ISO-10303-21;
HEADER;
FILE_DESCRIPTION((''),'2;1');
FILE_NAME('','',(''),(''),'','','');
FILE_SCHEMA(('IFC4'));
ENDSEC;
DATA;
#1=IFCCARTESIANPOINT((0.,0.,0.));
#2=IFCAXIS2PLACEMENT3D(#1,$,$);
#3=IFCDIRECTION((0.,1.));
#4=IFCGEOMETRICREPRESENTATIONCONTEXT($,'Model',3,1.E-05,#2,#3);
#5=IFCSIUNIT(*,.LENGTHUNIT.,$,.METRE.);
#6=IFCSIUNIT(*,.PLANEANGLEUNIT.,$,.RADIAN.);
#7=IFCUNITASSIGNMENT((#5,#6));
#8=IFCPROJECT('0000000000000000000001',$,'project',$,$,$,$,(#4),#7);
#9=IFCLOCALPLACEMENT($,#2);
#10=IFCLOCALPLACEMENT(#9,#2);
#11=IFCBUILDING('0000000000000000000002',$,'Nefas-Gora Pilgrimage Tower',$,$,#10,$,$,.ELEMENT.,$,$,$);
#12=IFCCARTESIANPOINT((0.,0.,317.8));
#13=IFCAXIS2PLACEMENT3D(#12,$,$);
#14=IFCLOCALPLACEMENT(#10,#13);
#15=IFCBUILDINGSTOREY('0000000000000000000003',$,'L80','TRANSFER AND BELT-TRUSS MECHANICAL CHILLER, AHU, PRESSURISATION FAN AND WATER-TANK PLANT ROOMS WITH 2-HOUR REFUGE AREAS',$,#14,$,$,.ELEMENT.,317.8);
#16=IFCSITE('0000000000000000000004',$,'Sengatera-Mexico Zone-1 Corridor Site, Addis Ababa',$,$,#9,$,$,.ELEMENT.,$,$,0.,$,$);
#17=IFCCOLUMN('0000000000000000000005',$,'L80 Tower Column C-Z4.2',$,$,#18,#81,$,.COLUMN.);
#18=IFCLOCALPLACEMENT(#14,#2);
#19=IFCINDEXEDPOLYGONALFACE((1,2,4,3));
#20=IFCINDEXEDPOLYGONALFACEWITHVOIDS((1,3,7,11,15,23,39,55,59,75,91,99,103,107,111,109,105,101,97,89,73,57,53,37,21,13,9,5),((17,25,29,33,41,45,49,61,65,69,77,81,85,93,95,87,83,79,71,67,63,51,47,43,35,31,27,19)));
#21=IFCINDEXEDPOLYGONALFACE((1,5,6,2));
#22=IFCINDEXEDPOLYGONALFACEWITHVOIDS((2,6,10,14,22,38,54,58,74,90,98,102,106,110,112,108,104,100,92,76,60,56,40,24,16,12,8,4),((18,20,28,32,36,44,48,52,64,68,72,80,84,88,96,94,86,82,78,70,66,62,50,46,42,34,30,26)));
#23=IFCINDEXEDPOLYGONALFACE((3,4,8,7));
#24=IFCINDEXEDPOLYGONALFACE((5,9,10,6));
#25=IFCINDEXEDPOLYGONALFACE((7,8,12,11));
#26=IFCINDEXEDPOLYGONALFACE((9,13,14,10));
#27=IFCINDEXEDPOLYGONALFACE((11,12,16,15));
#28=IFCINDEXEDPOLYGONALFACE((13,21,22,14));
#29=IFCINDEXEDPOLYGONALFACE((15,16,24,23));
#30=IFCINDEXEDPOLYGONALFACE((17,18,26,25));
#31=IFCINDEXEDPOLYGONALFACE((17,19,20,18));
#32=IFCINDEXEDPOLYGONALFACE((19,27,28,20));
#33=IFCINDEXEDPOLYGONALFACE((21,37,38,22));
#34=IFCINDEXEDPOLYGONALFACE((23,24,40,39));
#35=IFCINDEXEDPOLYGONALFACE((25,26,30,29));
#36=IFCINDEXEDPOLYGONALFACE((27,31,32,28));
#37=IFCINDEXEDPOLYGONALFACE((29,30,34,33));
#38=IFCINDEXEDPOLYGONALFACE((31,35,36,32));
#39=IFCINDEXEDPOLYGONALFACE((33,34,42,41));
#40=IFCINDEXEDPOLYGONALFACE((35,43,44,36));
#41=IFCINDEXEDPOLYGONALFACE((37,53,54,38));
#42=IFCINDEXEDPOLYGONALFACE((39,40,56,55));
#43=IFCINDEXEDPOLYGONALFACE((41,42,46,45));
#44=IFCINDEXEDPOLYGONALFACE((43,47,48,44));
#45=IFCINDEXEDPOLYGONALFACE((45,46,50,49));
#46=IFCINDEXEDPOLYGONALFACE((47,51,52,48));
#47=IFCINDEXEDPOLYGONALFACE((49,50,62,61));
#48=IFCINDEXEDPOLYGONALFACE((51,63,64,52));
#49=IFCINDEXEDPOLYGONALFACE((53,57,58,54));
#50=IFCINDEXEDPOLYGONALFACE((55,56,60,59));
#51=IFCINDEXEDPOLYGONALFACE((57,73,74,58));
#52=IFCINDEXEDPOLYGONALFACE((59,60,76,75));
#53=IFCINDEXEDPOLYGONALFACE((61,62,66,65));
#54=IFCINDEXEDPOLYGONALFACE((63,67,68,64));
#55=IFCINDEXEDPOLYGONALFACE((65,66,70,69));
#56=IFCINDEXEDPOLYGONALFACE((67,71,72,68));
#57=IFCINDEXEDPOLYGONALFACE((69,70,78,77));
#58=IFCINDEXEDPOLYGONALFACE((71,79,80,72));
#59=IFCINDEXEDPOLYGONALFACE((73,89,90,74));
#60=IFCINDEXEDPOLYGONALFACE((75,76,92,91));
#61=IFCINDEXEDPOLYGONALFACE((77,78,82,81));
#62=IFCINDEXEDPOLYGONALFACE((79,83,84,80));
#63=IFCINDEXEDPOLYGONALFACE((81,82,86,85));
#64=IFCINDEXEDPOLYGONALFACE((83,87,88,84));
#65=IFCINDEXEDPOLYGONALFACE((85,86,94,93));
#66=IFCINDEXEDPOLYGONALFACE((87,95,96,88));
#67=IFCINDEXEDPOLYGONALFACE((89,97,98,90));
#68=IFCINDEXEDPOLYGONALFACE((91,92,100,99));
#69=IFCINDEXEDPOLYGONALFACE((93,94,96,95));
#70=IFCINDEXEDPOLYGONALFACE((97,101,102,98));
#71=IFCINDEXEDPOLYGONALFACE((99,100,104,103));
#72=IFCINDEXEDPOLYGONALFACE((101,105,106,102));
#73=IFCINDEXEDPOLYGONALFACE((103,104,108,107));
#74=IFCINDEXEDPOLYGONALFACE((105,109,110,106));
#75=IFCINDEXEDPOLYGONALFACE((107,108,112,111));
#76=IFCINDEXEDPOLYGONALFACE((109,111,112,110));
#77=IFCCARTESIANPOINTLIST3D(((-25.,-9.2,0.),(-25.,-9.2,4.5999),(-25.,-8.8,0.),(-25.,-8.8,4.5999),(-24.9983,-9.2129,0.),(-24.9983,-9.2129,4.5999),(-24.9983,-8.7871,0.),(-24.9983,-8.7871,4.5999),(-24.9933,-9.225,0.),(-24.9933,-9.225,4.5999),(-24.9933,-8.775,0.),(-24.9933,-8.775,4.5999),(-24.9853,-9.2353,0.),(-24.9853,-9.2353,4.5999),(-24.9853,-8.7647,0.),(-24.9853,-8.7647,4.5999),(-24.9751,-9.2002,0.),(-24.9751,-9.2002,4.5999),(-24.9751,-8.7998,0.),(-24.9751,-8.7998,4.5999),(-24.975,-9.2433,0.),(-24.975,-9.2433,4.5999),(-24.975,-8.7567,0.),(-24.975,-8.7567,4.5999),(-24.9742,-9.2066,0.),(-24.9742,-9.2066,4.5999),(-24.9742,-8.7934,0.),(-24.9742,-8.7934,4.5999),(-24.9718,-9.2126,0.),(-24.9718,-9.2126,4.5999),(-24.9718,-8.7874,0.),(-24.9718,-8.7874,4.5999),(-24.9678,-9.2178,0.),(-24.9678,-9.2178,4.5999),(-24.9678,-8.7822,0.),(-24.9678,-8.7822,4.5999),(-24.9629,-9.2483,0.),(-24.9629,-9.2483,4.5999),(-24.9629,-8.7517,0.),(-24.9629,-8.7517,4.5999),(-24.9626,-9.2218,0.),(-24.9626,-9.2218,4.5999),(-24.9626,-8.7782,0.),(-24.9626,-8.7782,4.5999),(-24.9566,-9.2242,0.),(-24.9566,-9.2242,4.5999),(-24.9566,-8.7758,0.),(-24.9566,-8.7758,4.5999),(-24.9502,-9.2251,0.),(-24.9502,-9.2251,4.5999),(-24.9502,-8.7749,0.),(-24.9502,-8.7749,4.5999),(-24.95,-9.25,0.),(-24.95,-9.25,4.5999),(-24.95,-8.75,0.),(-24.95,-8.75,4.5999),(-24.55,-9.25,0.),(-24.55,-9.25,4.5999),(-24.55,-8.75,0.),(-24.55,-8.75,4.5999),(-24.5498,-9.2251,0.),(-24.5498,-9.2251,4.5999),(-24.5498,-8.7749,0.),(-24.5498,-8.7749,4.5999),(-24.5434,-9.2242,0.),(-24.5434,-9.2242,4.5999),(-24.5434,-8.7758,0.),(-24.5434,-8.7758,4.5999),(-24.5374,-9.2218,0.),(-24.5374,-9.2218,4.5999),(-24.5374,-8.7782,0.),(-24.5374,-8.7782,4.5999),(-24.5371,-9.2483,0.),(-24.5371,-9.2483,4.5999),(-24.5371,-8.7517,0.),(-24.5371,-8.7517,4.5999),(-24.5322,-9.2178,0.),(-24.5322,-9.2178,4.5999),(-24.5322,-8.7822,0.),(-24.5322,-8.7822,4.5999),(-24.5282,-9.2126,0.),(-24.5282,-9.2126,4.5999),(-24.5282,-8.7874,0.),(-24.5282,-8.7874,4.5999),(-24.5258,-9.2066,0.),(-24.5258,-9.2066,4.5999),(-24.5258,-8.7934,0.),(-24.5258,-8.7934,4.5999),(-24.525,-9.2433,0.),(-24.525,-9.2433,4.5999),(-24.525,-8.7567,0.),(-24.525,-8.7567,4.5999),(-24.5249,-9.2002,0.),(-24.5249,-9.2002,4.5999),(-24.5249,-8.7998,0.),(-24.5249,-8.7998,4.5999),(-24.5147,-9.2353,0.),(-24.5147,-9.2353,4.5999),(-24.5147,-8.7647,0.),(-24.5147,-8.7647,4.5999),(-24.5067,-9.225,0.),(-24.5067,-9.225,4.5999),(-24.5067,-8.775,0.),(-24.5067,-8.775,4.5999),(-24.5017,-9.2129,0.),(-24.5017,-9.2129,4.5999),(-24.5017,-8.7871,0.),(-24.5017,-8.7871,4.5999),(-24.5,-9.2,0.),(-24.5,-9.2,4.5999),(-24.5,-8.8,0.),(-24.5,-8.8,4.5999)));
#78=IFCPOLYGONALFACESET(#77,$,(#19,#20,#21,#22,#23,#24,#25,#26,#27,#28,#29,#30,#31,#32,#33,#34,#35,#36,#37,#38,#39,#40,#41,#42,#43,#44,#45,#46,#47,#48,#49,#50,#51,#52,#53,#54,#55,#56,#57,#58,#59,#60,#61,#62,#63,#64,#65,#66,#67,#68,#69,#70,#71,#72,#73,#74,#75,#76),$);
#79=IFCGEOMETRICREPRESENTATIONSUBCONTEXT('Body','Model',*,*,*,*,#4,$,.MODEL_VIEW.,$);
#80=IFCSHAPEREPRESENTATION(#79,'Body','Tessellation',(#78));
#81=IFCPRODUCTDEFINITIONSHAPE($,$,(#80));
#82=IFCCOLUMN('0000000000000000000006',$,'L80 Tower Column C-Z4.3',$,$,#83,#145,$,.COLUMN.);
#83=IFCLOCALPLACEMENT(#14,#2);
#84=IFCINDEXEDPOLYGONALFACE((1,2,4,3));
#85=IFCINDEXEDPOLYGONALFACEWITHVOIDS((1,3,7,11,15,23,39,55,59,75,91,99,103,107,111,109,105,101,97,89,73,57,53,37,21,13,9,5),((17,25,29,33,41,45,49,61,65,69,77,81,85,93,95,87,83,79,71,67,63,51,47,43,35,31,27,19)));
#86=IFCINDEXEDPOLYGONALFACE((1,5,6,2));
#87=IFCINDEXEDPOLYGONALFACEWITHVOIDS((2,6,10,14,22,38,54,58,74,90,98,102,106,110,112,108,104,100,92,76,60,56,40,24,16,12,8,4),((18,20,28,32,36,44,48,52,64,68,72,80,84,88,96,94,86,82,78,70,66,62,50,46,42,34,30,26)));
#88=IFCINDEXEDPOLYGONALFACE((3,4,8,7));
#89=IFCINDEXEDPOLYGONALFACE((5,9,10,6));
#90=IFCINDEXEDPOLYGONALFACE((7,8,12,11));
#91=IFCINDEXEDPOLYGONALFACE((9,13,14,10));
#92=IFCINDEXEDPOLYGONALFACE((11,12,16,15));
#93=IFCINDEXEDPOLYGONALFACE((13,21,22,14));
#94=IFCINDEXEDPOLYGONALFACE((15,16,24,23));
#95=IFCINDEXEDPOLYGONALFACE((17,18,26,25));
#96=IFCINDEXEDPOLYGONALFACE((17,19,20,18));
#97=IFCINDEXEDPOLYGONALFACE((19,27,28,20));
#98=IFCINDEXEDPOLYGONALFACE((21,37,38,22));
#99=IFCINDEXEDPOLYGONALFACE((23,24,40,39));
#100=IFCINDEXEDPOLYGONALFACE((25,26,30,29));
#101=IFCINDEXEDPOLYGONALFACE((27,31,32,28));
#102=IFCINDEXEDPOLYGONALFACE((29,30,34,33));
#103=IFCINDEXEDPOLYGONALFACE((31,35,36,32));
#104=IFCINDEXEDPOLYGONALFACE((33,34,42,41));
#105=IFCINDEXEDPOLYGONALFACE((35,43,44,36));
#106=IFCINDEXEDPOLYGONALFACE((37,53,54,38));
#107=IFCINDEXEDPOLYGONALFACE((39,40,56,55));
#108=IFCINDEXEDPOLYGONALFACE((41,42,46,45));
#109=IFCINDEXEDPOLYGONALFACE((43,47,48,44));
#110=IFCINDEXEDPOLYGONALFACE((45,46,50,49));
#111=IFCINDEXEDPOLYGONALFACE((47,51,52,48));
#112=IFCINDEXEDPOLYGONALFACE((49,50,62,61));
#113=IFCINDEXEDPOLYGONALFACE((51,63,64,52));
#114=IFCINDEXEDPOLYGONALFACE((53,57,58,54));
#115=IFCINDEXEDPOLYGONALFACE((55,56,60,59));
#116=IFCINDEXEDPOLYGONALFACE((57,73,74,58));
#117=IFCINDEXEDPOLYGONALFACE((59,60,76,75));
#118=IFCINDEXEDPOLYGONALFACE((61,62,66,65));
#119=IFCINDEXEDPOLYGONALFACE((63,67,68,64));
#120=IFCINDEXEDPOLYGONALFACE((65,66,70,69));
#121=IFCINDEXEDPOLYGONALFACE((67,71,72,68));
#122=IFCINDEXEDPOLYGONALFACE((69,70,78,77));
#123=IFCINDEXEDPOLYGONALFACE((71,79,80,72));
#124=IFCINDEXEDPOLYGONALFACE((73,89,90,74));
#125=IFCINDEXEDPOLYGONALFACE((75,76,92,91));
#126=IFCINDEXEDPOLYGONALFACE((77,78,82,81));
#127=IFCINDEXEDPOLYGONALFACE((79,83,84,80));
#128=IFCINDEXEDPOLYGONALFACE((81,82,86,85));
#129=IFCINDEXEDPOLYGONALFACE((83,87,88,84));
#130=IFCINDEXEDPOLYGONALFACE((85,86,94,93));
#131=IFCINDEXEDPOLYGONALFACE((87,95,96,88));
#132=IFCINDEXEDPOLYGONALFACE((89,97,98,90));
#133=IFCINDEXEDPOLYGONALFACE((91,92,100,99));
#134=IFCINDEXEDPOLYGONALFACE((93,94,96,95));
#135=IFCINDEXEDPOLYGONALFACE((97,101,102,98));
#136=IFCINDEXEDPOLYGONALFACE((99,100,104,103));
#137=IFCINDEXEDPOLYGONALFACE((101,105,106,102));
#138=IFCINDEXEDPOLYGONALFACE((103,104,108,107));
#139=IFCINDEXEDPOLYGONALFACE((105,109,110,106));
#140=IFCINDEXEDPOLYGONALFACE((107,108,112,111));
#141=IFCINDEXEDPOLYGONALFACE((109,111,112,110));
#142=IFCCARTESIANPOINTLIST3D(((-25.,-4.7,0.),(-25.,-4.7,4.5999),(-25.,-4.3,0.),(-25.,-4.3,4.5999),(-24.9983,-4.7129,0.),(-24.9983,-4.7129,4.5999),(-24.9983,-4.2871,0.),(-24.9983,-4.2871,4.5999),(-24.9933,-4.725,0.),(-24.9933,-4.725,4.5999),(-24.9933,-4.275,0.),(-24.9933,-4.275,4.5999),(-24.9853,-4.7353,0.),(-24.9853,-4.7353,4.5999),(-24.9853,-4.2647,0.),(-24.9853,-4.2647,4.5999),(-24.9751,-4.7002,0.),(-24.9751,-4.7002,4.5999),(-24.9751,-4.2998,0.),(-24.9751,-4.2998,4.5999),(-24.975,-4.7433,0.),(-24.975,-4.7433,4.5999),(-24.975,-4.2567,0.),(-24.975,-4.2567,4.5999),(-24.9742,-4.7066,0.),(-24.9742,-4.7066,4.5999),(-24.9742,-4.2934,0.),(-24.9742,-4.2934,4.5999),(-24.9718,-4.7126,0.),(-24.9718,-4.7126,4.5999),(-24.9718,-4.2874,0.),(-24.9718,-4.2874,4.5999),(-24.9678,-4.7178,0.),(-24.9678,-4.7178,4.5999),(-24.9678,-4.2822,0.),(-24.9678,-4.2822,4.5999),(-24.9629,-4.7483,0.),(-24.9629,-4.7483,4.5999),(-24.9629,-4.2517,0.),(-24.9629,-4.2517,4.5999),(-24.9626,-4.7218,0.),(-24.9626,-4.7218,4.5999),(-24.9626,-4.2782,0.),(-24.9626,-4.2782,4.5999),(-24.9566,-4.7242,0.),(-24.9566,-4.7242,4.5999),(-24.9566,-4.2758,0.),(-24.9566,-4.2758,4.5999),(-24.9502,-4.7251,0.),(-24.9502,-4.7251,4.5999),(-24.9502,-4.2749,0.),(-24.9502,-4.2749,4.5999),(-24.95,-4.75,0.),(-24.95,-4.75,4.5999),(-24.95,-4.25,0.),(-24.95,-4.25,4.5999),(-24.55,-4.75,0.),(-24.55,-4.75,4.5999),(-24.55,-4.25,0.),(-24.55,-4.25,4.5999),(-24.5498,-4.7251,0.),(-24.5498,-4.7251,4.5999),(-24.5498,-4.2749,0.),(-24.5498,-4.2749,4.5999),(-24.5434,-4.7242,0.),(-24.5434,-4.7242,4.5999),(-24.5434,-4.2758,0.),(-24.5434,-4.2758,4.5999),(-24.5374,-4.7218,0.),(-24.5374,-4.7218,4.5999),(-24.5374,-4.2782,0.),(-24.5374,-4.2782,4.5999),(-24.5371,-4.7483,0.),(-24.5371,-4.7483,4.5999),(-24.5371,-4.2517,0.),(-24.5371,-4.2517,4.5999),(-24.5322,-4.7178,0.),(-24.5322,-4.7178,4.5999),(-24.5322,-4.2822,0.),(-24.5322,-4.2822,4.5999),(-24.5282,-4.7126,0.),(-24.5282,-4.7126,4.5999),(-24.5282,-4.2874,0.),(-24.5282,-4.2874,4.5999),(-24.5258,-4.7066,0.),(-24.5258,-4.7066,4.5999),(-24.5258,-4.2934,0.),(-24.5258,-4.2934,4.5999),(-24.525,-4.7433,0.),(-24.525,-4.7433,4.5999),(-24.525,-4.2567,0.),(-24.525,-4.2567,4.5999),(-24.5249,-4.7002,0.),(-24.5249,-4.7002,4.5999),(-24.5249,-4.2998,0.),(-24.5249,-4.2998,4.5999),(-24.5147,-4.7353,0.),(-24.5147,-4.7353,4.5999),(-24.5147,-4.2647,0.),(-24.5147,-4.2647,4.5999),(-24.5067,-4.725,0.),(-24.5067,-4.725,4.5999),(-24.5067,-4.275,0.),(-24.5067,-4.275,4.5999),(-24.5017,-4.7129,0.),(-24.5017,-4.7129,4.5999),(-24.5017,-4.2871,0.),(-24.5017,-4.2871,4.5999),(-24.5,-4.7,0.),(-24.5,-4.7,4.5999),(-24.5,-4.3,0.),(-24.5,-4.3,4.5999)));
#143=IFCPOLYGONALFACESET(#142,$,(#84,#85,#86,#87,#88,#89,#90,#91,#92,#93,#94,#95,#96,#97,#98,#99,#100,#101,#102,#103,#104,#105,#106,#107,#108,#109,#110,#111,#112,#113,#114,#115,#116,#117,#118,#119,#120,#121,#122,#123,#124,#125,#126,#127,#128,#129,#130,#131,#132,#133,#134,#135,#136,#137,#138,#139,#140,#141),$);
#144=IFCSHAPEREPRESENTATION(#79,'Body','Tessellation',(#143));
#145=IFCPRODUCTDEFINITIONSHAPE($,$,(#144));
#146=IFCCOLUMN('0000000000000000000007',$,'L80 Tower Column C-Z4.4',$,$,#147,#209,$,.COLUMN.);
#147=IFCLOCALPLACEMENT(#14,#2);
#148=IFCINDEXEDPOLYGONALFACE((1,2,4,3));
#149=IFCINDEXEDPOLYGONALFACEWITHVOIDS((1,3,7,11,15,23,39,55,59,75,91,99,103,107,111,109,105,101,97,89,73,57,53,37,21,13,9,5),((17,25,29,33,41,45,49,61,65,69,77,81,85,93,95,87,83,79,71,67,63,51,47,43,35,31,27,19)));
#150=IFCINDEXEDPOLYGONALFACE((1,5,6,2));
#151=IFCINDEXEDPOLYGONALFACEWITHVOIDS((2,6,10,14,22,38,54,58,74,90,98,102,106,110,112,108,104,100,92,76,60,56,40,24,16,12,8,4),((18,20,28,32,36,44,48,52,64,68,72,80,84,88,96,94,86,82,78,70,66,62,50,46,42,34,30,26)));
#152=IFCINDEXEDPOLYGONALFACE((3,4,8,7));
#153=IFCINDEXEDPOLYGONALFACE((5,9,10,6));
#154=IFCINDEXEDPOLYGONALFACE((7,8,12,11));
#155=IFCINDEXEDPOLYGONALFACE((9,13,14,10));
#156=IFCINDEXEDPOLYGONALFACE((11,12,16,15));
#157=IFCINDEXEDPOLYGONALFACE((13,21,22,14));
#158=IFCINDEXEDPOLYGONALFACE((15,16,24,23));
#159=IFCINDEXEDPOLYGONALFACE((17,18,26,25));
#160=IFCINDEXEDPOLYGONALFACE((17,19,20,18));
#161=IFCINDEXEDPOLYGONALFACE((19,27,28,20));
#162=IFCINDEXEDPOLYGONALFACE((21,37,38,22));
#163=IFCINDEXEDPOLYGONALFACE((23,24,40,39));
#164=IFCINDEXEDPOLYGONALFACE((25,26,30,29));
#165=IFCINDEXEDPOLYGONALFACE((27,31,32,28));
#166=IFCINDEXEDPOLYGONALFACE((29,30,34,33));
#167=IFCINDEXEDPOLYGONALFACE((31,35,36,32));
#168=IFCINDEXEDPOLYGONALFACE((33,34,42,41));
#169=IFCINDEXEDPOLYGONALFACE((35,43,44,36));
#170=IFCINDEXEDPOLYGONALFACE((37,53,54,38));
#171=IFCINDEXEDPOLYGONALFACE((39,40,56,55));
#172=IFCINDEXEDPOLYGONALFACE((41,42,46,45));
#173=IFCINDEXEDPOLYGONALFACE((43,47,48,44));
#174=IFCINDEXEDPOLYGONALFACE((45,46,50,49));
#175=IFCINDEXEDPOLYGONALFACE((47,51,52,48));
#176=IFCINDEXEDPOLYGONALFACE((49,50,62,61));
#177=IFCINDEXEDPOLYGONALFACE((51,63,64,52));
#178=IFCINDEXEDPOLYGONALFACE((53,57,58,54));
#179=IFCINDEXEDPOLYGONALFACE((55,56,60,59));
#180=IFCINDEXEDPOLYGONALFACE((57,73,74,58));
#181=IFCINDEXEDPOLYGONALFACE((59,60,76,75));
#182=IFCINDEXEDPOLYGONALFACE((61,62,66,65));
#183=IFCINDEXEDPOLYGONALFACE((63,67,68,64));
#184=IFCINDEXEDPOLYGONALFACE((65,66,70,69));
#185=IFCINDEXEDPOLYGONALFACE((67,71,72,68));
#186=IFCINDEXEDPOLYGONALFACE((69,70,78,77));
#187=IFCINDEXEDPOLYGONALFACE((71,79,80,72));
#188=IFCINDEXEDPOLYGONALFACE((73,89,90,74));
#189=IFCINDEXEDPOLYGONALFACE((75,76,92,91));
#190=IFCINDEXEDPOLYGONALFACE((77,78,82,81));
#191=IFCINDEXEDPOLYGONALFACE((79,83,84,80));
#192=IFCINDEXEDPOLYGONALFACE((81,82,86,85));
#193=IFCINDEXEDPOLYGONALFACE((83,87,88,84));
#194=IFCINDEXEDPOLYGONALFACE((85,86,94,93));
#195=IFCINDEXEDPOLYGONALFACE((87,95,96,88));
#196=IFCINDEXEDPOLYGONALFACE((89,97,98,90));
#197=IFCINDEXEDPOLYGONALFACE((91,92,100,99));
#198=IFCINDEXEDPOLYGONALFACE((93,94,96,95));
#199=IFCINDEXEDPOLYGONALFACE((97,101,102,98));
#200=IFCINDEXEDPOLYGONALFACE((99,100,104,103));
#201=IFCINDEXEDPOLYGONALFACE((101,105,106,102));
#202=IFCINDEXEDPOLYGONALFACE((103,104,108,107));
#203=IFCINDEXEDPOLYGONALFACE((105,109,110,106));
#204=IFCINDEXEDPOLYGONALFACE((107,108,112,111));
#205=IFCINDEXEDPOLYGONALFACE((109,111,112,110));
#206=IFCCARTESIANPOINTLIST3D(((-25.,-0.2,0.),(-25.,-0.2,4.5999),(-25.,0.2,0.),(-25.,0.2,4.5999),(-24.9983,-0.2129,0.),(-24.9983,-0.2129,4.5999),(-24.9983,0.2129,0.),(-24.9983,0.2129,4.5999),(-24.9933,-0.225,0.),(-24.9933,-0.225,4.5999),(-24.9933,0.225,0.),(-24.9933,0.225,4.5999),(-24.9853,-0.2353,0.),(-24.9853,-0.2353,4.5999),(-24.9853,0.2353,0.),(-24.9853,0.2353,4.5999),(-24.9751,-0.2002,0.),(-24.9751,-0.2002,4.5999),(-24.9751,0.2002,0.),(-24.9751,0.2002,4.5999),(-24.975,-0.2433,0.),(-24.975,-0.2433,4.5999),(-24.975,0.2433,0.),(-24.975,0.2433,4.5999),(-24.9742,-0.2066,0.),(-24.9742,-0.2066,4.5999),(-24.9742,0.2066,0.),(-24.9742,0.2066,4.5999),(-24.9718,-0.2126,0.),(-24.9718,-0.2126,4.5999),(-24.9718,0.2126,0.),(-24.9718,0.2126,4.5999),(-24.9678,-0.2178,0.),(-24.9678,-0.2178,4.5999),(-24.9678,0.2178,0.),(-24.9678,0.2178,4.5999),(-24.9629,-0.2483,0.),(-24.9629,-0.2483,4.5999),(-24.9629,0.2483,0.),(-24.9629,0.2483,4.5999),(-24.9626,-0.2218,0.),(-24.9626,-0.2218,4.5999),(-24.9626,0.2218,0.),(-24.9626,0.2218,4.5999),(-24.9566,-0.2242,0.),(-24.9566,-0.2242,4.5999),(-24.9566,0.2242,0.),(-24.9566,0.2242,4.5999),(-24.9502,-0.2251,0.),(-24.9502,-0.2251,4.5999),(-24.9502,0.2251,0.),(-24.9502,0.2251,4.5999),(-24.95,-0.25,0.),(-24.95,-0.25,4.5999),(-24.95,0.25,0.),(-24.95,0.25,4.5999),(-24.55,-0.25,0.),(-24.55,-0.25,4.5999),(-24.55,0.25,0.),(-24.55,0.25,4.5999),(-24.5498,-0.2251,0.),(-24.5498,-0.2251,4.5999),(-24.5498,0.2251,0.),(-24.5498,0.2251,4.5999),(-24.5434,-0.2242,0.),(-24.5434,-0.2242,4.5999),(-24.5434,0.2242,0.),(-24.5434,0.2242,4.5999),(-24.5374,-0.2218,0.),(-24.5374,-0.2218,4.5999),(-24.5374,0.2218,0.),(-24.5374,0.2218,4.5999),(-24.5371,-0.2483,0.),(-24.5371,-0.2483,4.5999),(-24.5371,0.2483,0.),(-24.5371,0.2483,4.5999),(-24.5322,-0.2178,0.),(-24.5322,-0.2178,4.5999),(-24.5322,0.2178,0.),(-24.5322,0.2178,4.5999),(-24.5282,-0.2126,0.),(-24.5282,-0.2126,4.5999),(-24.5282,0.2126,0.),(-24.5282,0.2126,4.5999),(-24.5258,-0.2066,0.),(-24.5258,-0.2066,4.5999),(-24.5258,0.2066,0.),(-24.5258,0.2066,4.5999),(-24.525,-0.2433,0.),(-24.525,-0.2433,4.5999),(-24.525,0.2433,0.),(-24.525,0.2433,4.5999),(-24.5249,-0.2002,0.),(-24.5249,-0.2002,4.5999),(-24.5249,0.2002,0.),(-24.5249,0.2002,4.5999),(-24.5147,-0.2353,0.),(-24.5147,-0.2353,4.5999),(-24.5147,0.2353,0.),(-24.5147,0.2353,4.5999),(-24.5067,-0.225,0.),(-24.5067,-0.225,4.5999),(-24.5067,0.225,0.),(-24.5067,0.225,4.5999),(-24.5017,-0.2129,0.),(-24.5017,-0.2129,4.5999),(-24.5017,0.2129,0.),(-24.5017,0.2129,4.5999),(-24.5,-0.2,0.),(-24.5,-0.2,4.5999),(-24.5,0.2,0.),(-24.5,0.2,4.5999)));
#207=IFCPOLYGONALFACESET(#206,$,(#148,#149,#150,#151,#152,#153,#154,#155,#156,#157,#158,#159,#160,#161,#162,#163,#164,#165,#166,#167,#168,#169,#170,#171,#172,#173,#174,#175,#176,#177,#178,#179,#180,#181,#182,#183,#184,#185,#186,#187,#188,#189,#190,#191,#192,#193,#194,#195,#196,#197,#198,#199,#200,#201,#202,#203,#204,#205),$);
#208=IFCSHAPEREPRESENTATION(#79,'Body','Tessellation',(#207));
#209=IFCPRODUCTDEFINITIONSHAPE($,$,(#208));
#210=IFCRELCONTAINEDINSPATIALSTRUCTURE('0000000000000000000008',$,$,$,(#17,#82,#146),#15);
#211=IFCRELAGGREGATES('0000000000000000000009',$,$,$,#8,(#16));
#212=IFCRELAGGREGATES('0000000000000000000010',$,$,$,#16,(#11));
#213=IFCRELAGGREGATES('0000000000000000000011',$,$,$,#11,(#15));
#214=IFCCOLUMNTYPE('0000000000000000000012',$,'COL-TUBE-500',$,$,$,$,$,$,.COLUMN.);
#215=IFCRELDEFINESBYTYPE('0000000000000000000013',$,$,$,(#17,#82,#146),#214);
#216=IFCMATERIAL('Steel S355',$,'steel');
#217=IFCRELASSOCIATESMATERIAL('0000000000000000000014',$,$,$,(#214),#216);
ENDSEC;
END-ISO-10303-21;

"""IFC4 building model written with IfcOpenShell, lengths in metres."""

from ifc_helpers import new_model, si_unit, direction, frame, origin, origin_2d, place, context, subcontext, project, spatial, hollow_rectangle, extrude, source, transform, mapped, material, material_profile, profile_set, type_object, element, save


model = new_model("IFC4")

# Units and contexts
model_context = context("Model", 3, precision=1e-05, world=origin(), true_north=direction((0.0, 1.0)))
body_context = subcontext(model_context, "Body", "Model", "MODEL_VIEW")
ifc_project = project(units=[si_unit("LENGTHUNIT", "METRE"), si_unit("PLANEANGLEUNIT", "RADIAN")], contexts=[model_context])

# Site, building, storey
site_placement = place(None, origin())
site = spatial("IfcSite", under=ifc_project, at=site_placement, Name="Sengatera-Mexico Zone-1 Corridor Site, Addis Ababa", CompositionType="ELEMENT", RefElevation=0.0)
building_placement = place(site_placement, origin())
building = spatial("IfcBuilding", under=site, at=building_placement, Name="Nefas-Gora Pilgrimage Tower", CompositionType="ELEMENT")
storey_placement = place(building_placement, frame((0.0, 0.0, 317.8)))
storey = spatial("IfcBuildingStorey", under=building, at=storey_placement, Name="L80", Description="TRANSFER AND BELT-TRUSS MECHANICAL CHILLER, AHU, PRESSURISATION FAN AND WATER-TANK PLANT ROOMS WITH 2-HOUR REFUGE AREAS", CompositionType="ELEMENT", Elevation=317.8)

# Columns
ifc_material_1 = material(Name="Steel S355", Category="steel")
ifc_material_profile_1 = material_profile(ifc_material_1, hollow_rectangle(XDim=0.5, YDim=0.5, WallThickness=0.0249, InnerFilletRadius=0.0249, OuterFilletRadius=0.05, at=origin_2d()), Name="SHS 500x500x25")
ifc_profile_set_1 = profile_set([ifc_material_profile_1], Name="Steel S355")
column_type_1 = type_object("IfcColumnType", Name="COL-TUBE-500", PredefinedType="COLUMN", material=ifc_profile_set_1)
shared_shape_1 = source(origin(), body_context, "Body", "SweptSolid", [
    extrude(hollow_rectangle(XDim=0.5, YDim=0.5, WallThickness=0.0249, InnerFilletRadius=0.0249, OuterFilletRadius=0.05, at=origin_2d()), origin(), (0.0, 0.0, 1.0), 4.5999),
])
for number, where, z_axis, x_axis, name in (
    (1, (-24.75, -9.0, 0.0), (0.0, 0.0, 1.0), (1.0, 0.0, 0.0), "L80 Tower Column C-Z4.2"),
    (2, (-24.75, -4.5, 0.0), (0.0, 0.0, 1.0), (1.0, 0.0, 0.0), "L80 Tower Column C-Z4.3"),
    (3, (-24.75, 0.0, 0.0), (0.0, 0.0, 1.0), (1.0, 0.0, 0.0), "L80 Tower Column C-Z4.4"),
):
    element("IfcColumn", number, at=place(storey_placement, frame(where, z_axis=z_axis, x_axis=x_axis)), inside=storey, type_object=column_type_1, Name=name, PredefinedType="COLUMN", context=body_context, shape_type="MappedRepresentation", body=[
        mapped(shared_shape_1, transform((0.0, 0.0, 0.0), x_axis=(1.0, 0.0, 0.0), y_axis=(0.0, 1.0, 0.0), z_axis=(0.0, 0.0, 1.0), scale=1.0)),
    ])

save(model, "model.ifc")
